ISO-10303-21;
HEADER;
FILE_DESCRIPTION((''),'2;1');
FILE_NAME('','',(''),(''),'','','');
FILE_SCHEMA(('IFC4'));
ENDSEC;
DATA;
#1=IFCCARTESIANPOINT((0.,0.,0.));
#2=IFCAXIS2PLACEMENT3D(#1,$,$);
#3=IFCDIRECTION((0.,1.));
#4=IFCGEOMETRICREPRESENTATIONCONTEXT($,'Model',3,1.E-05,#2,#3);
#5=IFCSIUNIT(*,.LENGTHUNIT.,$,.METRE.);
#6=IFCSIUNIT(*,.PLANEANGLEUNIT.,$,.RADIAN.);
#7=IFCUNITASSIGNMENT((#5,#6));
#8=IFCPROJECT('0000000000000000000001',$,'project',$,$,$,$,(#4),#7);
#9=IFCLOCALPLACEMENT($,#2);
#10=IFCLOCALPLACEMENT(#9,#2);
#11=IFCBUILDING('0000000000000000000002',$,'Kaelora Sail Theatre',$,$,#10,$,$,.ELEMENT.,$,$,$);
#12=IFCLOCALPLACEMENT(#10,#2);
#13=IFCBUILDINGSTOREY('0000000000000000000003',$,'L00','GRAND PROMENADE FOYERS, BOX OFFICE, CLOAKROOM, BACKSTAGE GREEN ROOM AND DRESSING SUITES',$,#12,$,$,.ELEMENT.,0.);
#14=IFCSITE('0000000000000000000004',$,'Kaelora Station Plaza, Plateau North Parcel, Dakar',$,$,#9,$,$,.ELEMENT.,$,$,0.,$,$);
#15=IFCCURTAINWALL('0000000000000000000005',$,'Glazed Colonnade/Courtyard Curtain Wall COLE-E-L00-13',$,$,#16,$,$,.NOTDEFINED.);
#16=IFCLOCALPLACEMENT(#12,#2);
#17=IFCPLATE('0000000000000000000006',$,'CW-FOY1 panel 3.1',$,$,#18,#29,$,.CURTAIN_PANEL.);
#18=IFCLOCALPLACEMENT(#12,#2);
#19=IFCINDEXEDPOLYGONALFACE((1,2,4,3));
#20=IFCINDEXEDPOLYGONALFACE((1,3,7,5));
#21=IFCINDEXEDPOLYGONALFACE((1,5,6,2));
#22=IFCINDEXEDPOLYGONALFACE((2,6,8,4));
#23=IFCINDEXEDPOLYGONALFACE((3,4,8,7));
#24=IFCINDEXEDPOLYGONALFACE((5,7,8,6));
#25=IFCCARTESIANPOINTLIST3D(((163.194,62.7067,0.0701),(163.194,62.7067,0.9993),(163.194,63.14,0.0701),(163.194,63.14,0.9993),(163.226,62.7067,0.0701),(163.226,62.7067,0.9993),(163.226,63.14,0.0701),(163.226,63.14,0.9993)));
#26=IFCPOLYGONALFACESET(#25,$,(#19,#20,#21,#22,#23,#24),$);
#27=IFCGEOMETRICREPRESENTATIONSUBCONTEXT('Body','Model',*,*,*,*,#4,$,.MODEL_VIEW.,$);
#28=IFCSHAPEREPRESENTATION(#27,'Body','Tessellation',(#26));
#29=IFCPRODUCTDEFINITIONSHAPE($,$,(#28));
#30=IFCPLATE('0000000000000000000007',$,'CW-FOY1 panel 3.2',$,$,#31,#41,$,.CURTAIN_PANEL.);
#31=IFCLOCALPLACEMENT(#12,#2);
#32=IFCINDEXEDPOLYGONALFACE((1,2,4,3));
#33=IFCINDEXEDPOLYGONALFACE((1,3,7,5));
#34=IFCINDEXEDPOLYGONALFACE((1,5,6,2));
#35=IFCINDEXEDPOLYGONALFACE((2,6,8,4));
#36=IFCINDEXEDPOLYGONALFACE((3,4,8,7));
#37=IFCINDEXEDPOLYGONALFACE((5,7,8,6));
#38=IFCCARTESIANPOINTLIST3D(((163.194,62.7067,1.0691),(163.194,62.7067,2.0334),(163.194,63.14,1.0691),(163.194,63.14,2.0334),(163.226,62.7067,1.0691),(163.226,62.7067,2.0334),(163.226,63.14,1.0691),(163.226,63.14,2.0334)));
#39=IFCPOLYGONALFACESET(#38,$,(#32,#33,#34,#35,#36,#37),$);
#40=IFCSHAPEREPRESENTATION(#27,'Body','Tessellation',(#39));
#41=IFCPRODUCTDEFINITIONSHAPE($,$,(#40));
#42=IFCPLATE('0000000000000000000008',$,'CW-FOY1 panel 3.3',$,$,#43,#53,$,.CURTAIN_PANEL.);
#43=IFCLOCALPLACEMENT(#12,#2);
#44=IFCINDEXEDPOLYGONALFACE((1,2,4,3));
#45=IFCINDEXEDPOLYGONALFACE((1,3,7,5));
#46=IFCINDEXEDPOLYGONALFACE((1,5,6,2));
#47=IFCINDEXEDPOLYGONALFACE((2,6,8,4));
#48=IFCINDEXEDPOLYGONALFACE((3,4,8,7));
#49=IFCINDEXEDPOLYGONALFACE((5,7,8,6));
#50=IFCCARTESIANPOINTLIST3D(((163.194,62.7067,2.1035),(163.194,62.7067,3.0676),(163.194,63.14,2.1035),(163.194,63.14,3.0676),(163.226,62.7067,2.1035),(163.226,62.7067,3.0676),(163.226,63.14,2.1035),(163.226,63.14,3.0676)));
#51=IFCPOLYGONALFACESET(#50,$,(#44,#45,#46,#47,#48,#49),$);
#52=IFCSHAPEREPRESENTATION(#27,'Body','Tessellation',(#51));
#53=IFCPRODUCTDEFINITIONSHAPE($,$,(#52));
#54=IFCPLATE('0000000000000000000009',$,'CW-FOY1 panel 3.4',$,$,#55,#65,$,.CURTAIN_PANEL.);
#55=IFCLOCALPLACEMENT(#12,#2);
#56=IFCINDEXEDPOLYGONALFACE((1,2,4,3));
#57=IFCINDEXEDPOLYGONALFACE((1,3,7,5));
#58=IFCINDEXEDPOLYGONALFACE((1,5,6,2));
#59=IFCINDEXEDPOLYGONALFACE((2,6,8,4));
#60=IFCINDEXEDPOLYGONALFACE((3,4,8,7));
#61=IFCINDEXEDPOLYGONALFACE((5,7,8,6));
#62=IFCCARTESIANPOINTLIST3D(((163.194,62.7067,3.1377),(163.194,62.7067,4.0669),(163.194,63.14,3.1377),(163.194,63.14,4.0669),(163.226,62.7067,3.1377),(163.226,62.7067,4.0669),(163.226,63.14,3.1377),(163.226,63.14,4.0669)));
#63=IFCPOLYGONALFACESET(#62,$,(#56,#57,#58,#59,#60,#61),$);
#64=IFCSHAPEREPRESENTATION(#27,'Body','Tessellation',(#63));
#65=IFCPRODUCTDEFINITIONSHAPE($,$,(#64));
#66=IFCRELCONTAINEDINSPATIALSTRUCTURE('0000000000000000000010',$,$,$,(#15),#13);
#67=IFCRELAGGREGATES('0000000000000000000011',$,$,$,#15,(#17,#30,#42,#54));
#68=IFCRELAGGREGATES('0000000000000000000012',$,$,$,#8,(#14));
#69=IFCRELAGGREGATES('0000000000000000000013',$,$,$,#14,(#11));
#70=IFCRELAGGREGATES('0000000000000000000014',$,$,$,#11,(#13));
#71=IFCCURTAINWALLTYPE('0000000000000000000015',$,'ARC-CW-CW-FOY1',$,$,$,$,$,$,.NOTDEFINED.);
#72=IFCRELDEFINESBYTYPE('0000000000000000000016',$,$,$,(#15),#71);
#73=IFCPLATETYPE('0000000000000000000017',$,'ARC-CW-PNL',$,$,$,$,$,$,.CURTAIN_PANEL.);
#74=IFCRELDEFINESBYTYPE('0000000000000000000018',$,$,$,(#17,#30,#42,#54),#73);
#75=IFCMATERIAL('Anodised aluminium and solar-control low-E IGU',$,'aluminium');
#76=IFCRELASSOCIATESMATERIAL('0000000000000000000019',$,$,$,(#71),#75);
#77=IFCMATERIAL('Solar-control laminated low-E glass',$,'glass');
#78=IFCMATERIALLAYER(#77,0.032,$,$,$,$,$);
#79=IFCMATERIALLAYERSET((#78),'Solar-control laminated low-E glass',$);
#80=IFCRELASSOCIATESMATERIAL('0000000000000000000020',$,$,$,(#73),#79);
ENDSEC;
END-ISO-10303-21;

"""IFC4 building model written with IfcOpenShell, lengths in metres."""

from ifc_helpers import new_model, si_unit, direction, frame, origin, origin_2d, place, context, subcontext, project, spatial, rectangle, extrude, material, layer, layer_set, type_object, element, aggregate, save


model = new_model("IFC4")

# Units and contexts
model_context = context("Model", 3, precision=1e-05, world=origin(), true_north=direction((0.0, 1.0)))
body_context = subcontext(model_context, "Body", "Model", "MODEL_VIEW")
ifc_project = project(units=[si_unit("LENGTHUNIT", "METRE"), si_unit("PLANEANGLEUNIT", "RADIAN")], contexts=[model_context])

# Site, building, storey
site_placement = place(None, origin())
site = spatial("IfcSite", under=ifc_project, at=site_placement, Name="Kaelora Station Plaza, Plateau North Parcel, Dakar", CompositionType="ELEMENT", RefElevation=0.0)
building_placement = place(site_placement, origin())
building = spatial("IfcBuilding", under=site, at=building_placement, Name="Kaelora Sail Theatre", CompositionType="ELEMENT")
storey_placement = place(building_placement, origin())
storey = spatial("IfcBuildingStorey", under=building, at=storey_placement, Name="L00", Description="GRAND PROMENADE FOYERS, BOX OFFICE, CLOAKROOM, BACKSTAGE GREEN ROOM AND DRESSING SUITES", CompositionType="ELEMENT", Elevation=0.0)

# Curtain wall
ifc_material_1 = material(Name="Anodised aluminium and solar-control low-E IGU", Category="aluminium")
curtain_wall_type = type_object("IfcCurtainWallType", Name="ARC-CW-CW-FOY1", PredefinedType="NOTDEFINED", material=ifc_material_1)
curtain_wall_1_placement = place(storey_placement, origin())
curtain_wall_1 = element("IfcCurtainWall", 1, at=curtain_wall_1_placement, inside=storey, type_object=curtain_wall_type, Name="Glazed Colonnade/Courtyard Curtain Wall COLE-E-L00-13", PredefinedType="NOTDEFINED")

# Plates
ifc_material_2 = material(Name="Solar-control laminated low-E glass", Category="glass")
ifc_layer = layer(ifc_material_2, 0.032)
ifc_layer_set = layer_set([ifc_layer], Name="Solar-control laminated low-E glass")
plate_type = type_object("IfcPlateType", Name="ARC-CW-PNL", PredefinedType="CURTAIN_PANEL", material=ifc_layer_set)
plate_1_placement = place(storey_placement, frame((163.21, 62.9233, 0.0701), z_axis=(0.0, 0.0, 1.0), x_axis=(0.0, 1.0, 0.0)))
plate_1 = element("IfcPlate", 2, at=plate_1_placement, type_object=plate_type, Name="CW-FOY1 panel 3.1", PredefinedType="CURTAIN_PANEL", context=body_context, shape_type="SweptSolid", body=[
    extrude(rectangle(XDim=0.4333, YDim=0.032, at=origin_2d()), origin(), (0.0, 0.0, 1.0), 0.9292),
])
plate_2_placement = place(storey_placement, frame((163.21, 62.9233, 1.0691), z_axis=(0.0, 0.0, 1.0), x_axis=(0.0, 1.0, 0.0)))
plate_2 = element("IfcPlate", 3, at=plate_2_placement, type_object=plate_type, Name="CW-FOY1 panel 3.2", PredefinedType="CURTAIN_PANEL", context=body_context, shape_type="SweptSolid", body=[
    extrude(rectangle(XDim=0.4333, YDim=0.032, at=origin_2d()), origin(), (0.0, 0.0, 1.0), 0.9644),
])
plate_3_placement = place(storey_placement, frame((163.21, 62.9233, 2.1035), z_axis=(0.0, 0.0, 1.0), x_axis=(0.0, 1.0, 0.0)))
plate_3 = element("IfcPlate", 4, at=plate_3_placement, type_object=plate_type, Name="CW-FOY1 panel 3.3", PredefinedType="CURTAIN_PANEL", context=body_context, shape_type="SweptSolid", body=[
    extrude(rectangle(XDim=0.4333, YDim=0.032, at=origin_2d()), origin(), (0.0, 0.0, 1.0), 0.9641),
])
plate_4_placement = place(storey_placement, frame((163.21, 62.9233, 3.1377), z_axis=(0.0, 0.0, 1.0), x_axis=(0.0, 1.0, 0.0)))
plate_4 = element("IfcPlate", 5, at=plate_4_placement, type_object=plate_type, Name="CW-FOY1 panel 3.4", PredefinedType="CURTAIN_PANEL", context=body_context, shape_type="SweptSolid", body=[
    extrude(rectangle(XDim=0.4333, YDim=0.032, at=origin_2d()), origin(), (0.0, 0.0, 1.0), 0.9292),
])
aggregate(curtain_wall_1, [plate_1, plate_2, plate_3, plate_4])

save(model, "model.ifc")
